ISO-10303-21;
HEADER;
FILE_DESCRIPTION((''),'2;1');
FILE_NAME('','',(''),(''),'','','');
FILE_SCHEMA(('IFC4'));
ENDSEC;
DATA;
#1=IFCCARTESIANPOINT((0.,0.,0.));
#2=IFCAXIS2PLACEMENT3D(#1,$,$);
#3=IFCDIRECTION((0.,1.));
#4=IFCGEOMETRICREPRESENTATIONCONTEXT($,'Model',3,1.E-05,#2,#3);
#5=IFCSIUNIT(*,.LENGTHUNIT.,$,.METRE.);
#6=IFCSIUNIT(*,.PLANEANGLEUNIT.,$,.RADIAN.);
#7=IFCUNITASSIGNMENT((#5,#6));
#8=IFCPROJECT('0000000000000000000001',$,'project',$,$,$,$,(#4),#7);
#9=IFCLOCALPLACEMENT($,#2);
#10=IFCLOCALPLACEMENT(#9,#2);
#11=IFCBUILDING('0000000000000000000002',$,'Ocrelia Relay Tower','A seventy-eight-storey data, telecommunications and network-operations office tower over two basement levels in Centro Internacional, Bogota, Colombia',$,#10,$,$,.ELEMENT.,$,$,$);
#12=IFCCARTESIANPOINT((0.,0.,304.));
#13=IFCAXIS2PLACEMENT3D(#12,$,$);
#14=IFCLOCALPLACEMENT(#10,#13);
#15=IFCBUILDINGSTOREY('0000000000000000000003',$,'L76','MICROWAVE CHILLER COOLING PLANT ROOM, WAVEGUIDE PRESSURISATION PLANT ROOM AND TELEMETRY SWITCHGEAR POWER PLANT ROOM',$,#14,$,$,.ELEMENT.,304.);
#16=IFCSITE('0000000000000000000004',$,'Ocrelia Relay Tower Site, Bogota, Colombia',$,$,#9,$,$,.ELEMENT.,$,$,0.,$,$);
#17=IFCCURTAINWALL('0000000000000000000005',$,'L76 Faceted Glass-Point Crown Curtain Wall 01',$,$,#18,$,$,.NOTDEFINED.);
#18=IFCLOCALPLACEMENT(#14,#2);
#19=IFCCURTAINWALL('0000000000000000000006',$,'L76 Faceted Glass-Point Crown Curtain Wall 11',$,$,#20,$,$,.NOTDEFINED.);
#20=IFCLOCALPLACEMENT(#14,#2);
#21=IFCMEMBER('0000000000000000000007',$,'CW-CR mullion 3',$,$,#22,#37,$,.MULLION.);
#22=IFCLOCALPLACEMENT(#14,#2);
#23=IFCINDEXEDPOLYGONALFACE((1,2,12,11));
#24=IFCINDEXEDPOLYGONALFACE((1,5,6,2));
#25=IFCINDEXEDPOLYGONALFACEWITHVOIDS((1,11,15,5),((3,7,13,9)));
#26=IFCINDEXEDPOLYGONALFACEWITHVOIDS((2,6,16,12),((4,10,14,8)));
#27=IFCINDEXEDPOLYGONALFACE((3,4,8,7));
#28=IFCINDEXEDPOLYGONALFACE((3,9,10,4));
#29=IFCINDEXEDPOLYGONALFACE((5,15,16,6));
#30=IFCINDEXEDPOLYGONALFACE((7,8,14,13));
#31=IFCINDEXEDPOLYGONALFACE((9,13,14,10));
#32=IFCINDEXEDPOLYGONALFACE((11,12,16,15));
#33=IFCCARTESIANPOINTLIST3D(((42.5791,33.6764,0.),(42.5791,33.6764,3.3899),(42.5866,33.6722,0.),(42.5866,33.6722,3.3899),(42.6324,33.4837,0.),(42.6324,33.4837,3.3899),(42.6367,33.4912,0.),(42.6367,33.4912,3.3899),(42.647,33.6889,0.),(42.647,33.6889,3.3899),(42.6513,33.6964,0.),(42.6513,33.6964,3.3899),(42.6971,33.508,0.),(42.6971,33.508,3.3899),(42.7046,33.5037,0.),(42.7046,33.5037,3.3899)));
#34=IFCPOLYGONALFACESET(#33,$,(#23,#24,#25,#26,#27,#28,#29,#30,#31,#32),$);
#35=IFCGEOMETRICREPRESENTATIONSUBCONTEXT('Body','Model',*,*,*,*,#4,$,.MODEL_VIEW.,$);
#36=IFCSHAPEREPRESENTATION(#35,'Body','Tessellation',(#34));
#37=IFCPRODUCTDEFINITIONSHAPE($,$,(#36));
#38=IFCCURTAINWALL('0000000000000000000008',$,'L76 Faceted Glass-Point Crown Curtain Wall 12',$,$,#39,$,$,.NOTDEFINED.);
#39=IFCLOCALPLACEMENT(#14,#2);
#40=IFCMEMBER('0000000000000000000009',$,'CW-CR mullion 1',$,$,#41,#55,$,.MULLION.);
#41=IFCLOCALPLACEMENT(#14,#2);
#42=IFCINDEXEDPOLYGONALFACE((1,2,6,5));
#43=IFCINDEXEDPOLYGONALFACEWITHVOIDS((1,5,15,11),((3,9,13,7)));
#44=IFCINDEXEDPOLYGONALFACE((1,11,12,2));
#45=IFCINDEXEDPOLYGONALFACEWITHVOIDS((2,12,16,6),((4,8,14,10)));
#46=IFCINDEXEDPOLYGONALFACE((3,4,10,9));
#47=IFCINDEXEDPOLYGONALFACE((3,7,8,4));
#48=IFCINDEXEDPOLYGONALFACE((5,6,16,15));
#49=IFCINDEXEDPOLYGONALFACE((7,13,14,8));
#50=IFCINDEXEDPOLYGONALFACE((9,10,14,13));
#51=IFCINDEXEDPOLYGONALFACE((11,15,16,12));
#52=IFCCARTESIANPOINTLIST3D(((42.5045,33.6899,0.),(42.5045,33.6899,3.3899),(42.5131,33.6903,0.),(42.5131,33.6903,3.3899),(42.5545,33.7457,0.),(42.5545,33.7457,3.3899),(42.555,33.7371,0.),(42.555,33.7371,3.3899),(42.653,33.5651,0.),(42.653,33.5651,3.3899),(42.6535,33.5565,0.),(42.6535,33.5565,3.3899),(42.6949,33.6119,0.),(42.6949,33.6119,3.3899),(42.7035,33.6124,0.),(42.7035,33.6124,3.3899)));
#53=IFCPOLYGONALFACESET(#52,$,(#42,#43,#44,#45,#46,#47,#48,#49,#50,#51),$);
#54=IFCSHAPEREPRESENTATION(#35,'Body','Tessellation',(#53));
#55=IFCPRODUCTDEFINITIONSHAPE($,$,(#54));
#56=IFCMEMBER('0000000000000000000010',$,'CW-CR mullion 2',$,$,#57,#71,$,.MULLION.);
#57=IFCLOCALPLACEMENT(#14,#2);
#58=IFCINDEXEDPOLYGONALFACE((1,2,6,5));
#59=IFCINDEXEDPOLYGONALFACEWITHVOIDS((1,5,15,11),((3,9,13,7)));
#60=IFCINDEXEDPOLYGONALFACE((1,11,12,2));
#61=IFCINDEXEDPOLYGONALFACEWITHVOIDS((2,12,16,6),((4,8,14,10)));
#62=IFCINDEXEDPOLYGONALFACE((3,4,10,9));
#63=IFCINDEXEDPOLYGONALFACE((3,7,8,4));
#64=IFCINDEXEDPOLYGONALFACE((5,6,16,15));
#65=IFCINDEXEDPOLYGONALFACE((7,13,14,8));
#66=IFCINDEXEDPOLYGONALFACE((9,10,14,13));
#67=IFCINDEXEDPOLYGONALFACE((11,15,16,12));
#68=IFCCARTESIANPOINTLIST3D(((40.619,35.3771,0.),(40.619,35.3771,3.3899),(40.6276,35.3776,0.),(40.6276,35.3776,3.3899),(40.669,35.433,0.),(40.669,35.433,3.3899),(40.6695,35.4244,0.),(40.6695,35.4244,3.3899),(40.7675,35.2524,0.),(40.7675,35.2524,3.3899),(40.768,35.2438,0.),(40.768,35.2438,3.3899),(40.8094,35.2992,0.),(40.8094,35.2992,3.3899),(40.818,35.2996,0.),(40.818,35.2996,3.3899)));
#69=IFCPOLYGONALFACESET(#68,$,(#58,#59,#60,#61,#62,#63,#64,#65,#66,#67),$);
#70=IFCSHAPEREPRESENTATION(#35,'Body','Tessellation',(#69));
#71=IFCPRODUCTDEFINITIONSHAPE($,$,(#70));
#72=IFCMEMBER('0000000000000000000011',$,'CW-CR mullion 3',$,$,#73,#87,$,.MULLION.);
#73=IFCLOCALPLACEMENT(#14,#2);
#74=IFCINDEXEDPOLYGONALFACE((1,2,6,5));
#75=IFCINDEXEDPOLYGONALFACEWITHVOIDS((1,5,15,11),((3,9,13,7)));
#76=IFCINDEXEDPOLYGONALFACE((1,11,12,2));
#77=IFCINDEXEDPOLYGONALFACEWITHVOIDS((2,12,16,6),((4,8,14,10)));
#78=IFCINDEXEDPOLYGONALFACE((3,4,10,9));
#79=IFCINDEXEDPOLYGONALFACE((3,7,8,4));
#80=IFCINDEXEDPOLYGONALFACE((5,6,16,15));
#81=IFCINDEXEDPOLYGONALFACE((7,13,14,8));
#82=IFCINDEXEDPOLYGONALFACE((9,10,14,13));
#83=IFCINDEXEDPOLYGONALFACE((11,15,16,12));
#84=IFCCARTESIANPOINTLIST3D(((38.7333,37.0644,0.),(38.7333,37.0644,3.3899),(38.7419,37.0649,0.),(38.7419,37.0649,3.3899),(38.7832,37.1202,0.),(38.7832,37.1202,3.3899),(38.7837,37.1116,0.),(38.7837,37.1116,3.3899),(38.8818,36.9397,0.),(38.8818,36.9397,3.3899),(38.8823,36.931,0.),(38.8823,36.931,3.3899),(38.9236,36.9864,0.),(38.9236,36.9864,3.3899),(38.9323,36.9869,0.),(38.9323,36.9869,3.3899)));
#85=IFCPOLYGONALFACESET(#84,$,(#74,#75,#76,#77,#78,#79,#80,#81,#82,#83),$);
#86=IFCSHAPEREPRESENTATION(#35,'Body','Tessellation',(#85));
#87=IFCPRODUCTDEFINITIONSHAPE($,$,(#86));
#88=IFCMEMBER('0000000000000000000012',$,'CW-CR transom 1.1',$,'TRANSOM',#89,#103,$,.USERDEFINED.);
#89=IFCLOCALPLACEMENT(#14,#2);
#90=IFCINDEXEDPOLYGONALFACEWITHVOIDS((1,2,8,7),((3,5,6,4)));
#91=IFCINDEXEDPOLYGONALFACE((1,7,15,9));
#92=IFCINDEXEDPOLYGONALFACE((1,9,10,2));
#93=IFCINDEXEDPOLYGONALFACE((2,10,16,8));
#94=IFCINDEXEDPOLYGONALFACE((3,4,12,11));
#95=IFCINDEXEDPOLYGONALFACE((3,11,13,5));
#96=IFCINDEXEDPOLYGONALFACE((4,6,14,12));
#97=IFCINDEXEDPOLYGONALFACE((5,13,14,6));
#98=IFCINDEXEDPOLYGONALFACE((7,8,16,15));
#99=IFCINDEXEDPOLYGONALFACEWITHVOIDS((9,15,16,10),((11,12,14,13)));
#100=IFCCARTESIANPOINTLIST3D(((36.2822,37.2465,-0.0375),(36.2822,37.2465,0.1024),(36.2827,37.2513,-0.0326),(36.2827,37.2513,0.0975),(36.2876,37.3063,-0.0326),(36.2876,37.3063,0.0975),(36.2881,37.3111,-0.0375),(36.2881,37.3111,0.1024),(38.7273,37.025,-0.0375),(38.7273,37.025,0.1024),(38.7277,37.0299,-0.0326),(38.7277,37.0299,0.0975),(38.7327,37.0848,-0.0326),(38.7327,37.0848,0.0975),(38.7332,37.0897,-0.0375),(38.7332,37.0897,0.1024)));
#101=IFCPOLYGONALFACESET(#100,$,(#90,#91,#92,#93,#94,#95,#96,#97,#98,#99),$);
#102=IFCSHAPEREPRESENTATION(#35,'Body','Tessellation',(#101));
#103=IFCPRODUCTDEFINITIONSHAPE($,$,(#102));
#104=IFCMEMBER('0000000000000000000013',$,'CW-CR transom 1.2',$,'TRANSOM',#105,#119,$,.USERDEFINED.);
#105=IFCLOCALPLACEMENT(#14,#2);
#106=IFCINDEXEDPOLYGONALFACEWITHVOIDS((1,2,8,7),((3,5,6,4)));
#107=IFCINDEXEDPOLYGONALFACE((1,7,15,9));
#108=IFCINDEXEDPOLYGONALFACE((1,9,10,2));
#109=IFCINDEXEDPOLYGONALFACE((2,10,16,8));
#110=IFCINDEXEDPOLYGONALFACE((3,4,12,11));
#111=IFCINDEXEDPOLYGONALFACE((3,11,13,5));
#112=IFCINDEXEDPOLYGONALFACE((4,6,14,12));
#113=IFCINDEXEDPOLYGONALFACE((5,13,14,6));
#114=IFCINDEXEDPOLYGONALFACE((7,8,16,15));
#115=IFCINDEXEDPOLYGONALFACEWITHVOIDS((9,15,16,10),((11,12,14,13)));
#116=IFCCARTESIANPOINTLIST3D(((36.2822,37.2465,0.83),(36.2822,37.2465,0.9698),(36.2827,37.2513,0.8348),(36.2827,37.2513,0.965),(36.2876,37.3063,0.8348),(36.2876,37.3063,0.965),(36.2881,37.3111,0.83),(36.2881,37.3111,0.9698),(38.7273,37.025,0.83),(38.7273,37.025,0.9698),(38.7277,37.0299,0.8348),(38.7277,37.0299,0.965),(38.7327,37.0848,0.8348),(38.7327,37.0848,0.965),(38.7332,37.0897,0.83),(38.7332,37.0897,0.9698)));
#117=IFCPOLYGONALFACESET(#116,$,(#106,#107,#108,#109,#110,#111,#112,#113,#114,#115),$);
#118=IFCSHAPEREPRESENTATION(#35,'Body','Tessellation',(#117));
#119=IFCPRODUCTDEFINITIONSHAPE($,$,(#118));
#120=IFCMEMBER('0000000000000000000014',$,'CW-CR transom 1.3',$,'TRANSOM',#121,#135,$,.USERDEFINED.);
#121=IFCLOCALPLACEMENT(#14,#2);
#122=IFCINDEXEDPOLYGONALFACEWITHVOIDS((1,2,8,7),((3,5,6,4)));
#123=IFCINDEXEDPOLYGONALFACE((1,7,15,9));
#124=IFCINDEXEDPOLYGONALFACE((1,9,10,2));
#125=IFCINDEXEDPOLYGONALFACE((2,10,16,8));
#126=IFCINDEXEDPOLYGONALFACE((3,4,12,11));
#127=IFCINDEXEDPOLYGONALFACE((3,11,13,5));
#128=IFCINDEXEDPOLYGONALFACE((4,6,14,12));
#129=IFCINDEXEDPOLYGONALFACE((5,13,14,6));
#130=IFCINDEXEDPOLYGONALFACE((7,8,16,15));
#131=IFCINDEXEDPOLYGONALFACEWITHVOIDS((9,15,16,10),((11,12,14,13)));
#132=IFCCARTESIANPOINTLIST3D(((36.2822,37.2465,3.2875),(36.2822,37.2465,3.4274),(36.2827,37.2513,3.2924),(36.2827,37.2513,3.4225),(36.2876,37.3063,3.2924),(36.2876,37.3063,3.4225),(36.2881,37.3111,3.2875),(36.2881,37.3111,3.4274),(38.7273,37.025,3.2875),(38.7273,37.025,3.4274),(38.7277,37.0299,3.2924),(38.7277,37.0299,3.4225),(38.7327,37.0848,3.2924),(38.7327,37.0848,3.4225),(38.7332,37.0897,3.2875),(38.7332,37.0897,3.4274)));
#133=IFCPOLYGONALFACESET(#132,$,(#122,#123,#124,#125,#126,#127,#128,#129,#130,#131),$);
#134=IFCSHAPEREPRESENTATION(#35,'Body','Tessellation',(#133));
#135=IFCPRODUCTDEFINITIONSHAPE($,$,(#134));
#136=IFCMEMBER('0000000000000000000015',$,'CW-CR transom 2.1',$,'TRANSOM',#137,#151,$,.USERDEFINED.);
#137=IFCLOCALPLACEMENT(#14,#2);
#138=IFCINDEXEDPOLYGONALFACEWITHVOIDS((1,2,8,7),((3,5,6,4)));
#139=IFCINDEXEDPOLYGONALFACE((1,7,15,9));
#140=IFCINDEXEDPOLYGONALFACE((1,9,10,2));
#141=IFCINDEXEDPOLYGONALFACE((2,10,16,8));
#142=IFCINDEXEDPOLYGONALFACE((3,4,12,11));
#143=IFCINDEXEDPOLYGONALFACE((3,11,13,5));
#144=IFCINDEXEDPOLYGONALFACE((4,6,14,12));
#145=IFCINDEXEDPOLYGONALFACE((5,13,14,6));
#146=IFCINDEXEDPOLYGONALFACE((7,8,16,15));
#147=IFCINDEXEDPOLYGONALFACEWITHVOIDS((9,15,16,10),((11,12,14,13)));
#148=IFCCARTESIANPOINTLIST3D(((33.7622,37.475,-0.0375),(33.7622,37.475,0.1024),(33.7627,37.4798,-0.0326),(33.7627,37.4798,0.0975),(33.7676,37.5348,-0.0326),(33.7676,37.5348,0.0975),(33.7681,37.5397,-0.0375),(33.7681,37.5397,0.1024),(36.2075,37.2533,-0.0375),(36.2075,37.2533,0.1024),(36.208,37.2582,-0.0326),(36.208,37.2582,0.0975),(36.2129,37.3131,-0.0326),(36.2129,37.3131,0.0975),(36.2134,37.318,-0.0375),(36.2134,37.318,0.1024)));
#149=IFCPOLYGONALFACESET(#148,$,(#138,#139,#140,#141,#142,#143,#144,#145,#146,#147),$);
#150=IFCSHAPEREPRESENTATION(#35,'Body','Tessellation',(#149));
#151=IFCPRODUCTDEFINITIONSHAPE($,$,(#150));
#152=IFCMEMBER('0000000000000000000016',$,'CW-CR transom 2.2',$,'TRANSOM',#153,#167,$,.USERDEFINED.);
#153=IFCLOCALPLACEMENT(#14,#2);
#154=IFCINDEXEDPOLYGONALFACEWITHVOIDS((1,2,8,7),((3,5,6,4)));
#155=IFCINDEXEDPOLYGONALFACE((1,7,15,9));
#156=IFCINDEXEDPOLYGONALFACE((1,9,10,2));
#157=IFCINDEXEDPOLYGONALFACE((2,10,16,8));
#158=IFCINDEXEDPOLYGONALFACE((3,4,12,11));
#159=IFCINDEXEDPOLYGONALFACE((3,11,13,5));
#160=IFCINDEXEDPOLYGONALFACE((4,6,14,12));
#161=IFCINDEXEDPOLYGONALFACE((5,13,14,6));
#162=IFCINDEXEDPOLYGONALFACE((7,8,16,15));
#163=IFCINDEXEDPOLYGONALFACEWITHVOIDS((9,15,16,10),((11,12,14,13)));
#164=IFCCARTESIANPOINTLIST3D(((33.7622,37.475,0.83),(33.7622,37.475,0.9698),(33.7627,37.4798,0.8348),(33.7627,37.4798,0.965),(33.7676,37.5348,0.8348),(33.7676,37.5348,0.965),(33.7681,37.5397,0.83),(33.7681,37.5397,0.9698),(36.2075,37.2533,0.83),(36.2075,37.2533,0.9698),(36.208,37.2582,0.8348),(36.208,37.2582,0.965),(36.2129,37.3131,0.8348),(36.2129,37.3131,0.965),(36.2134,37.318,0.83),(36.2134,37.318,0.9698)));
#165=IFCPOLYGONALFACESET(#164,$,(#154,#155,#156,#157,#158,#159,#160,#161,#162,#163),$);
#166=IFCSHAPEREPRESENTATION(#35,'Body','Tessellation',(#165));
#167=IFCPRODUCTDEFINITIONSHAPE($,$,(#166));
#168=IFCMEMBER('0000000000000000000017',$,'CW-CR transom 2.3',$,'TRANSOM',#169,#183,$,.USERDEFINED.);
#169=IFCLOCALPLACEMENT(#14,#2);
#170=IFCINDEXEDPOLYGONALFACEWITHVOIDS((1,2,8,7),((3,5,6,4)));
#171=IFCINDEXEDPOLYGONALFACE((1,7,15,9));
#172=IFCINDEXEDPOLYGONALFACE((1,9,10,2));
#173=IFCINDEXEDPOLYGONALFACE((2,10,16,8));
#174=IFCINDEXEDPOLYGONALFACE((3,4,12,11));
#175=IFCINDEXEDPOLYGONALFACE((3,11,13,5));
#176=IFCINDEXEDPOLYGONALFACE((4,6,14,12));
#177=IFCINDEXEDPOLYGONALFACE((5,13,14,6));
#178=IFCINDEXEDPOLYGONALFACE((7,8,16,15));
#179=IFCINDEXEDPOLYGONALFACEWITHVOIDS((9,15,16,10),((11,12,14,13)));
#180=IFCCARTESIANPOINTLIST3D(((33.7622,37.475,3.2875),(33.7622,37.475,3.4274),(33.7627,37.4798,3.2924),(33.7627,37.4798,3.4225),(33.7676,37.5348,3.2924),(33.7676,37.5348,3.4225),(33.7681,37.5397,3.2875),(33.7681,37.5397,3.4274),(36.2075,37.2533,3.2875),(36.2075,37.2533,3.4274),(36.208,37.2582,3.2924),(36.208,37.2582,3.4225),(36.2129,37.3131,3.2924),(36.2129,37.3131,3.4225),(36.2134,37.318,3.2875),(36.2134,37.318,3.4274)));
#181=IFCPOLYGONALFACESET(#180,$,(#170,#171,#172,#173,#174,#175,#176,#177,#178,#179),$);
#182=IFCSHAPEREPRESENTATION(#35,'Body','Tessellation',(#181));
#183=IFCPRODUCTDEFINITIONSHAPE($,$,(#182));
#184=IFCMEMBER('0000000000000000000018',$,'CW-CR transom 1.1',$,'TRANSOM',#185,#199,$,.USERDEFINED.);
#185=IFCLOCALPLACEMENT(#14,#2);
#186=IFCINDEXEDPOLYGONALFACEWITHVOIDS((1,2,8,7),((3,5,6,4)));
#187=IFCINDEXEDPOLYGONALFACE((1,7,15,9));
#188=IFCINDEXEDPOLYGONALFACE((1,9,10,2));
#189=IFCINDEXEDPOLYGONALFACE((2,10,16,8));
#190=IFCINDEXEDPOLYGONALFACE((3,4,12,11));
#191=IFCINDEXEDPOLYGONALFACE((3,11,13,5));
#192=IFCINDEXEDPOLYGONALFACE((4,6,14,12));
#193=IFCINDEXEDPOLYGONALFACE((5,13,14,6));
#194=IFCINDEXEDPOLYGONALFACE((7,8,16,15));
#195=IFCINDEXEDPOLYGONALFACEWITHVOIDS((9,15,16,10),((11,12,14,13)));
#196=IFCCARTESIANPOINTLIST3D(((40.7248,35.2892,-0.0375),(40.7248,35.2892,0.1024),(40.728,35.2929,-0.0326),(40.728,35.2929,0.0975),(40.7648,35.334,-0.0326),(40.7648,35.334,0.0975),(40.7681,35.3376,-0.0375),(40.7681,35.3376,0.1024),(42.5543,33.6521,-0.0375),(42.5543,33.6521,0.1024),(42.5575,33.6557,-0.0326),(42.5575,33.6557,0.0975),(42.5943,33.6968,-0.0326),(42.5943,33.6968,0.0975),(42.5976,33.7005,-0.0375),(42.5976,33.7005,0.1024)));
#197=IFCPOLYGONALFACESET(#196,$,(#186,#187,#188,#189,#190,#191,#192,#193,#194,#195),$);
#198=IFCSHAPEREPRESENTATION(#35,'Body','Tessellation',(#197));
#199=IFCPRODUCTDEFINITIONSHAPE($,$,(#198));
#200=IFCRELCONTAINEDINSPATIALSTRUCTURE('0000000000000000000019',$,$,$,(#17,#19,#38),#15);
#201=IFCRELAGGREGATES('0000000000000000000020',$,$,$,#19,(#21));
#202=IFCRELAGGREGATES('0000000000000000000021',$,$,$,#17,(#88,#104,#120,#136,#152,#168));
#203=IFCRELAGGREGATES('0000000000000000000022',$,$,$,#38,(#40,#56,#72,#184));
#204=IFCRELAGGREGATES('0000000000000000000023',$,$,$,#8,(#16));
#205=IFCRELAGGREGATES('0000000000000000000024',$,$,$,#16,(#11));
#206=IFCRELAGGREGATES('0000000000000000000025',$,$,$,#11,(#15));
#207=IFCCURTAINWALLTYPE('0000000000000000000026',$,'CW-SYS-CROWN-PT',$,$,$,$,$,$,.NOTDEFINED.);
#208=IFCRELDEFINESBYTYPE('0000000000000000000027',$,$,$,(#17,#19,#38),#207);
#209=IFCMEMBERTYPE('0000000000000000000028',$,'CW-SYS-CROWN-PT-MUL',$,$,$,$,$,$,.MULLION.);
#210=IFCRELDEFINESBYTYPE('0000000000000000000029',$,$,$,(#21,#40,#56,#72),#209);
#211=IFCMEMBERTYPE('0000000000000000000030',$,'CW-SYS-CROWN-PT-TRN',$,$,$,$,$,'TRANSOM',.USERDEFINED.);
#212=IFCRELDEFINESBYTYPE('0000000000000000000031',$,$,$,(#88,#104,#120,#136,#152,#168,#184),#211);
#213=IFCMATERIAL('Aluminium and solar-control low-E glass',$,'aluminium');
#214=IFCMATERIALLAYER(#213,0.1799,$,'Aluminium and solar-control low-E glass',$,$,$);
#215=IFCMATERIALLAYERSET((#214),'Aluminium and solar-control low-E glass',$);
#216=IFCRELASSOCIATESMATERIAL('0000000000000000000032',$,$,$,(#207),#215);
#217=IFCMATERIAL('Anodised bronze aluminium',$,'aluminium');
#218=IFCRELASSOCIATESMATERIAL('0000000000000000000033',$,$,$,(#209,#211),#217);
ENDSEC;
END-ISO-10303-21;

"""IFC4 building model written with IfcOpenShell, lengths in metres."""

from ifc_helpers import new_model, si_unit, direction, frame, origin, origin_2d, place, context, subcontext, project, spatial, hollow_rectangle, extrude, material, layer, layer_set, material_profile, profile_set, type_object, element, aggregate, save


model = new_model("IFC4")

# Units and contexts
model_context = context("Model", 3, precision=1e-05, world=origin(), true_north=direction((0.0, 1.0)))
body_context = subcontext(model_context, "Body", "Model", "MODEL_VIEW")
ifc_project = project(units=[si_unit("LENGTHUNIT", "METRE"), si_unit("PLANEANGLEUNIT", "RADIAN")], contexts=[model_context])

# Site, building, storey
site_placement = place(None, origin())
site = spatial("IfcSite", under=ifc_project, at=site_placement, Name="Ocrelia Relay Tower Site, Bogota, Colombia", CompositionType="ELEMENT", RefElevation=0.0)
building_placement = place(site_placement, origin())
building = spatial("IfcBuilding", under=site, at=building_placement, Name="Ocrelia Relay Tower", Description="A seventy-eight-storey data, telecommunications and network-operations office tower over two basement levels in Centro Internacional, Bogota, Colombia", CompositionType="ELEMENT")
storey_placement = place(building_placement, frame((0.0, 0.0, 304.0)))
storey = spatial("IfcBuildingStorey", under=building, at=storey_placement, Name="L76", Description="MICROWAVE CHILLER COOLING PLANT ROOM, WAVEGUIDE PRESSURISATION PLANT ROOM AND TELEMETRY SWITCHGEAR POWER PLANT ROOM", CompositionType="ELEMENT", Elevation=304.0)

# Curtain wall
ifc_material_1 = material(Name="Aluminium and solar-control low-E glass", Category="aluminium")
ifc_layer_1 = layer(ifc_material_1, 0.1799, Name="Aluminium and solar-control low-E glass")
ifc_layer_set_1 = layer_set([ifc_layer_1], Name="Aluminium and solar-control low-E glass")
curtain_wall_type = type_object("IfcCurtainWallType", Name="CW-SYS-CROWN-PT", PredefinedType="NOTDEFINED", material=ifc_layer_set_1)
curtain_wall_1_placement = place(storey_placement, origin())
curtain_wall_1 = element("IfcCurtainWall", 1, at=curtain_wall_1_placement, inside=storey, type_object=curtain_wall_type, Name="L76 Faceted Glass-Point Crown Curtain Wall 01", PredefinedType="NOTDEFINED")
ifc_material_2 = material(Name="Anodised bronze aluminium", Category="aluminium")
ifc_material_profile_1 = material_profile(ifc_material_2, hollow_rectangle(XDim=0.075, YDim=0.2, WallThickness=0.0061, at=origin_2d()), Name="CW-MUL-200x75")
ifc_profile_set_1 = profile_set([ifc_material_profile_1], Name="Anodised bronze aluminium")
member_type_1 = type_object("IfcMemberType", Name="CW-SYS-CROWN-PT-MUL", PredefinedType="MULLION", material=ifc_profile_set_1)

# Curtain wall, member
curtain_wall_2_placement = place(storey_placement, origin())
curtain_wall_2 = element("IfcCurtainWall", 2, at=curtain_wall_2_placement, inside=storey, type_object=curtain_wall_type, Name="L76 Faceted Glass-Point Crown Curtain Wall 11", PredefinedType="NOTDEFINED")
member_1_placement = place(storey_placement, frame((42.6418, 33.5901, 0.0), z_axis=(0.0, 0.0, 1.0), x_axis=(-0.963737, -0.266853, 0.0)))
member_1 = element("IfcMember", 3, at=member_1_placement, type_object=member_type_1, Name="CW-CR mullion 3", PredefinedType="MULLION", context=body_context, shape_type="SweptSolid", body=[
    extrude(hollow_rectangle(XDim=0.075, YDim=0.2, WallThickness=0.0061, at=origin_2d()), origin(), (0.0, 0.0, 1.0), 3.3899),
])
aggregate(curtain_wall_2, [member_1])

# Curtain wall, members
curtain_wall_3_placement = place(storey_placement, origin())
curtain_wall_3 = element("IfcCurtainWall", 4, at=curtain_wall_3_placement, inside=storey, type_object=curtain_wall_type, Name="L76 Faceted Glass-Point Crown Curtain Wall 12", PredefinedType="NOTDEFINED")
member_2_placement = place(storey_placement, frame((42.604, 33.6511, 0.0), z_axis=(0.0, 0.0, 1.0), x_axis=(-0.666821, -0.745218, 0.0)))
member_2 = element("IfcMember", 5, at=member_2_placement, type_object=member_type_1, Name="CW-CR mullion 1", PredefinedType="MULLION", context=body_context, shape_type="SweptSolid", body=[
    extrude(hollow_rectangle(XDim=0.075, YDim=0.2, WallThickness=0.0061, at=origin_2d()), origin(), (0.0, 0.0, 1.0), 3.3899),
])
member_3_placement = place(storey_placement, frame((40.7185, 35.3384, 0.0), z_axis=(0.0, 0.0, 1.0), x_axis=(-0.666821, -0.745218, 0.0)))
member_3 = element("IfcMember", 6, at=member_3_placement, type_object=member_type_1, Name="CW-CR mullion 2", PredefinedType="MULLION", context=body_context, shape_type="SweptSolid", body=[
    extrude(hollow_rectangle(XDim=0.075, YDim=0.2, WallThickness=0.0061, at=origin_2d()), origin(), (0.0, 0.0, 1.0), 3.3899),
])
member_4_placement = place(storey_placement, frame((38.8328, 37.0256, 0.0), z_axis=(0.0, 0.0, 1.0), x_axis=(-0.666821, -0.745218, 0.0)))
member_4 = element("IfcMember", 7, at=member_4_placement, type_object=member_type_1, Name="CW-CR mullion 3", PredefinedType="MULLION", context=body_context, shape_type="SweptSolid", body=[
    extrude(hollow_rectangle(XDim=0.075, YDim=0.2, WallThickness=0.0061, at=origin_2d()), origin(), (0.0, 0.0, 1.0), 3.3899),
])

# Members
ifc_material_profile_2 = material_profile(ifc_material_2, hollow_rectangle(XDim=0.0649, YDim=0.1399, WallThickness=0.0049, at=origin_2d()), Name="CW-TRN-140x65")
ifc_profile_set_2 = profile_set([ifc_material_profile_2], Name="Anodised bronze aluminium")
member_type_2 = type_object("IfcMemberType", Name="CW-SYS-CROWN-PT-TRN", ElementType="TRANSOM", PredefinedType="USERDEFINED", material=ifc_profile_set_2)
member_5_placement = place(storey_placement, frame((38.7302, 37.0574, 0.0325), z_axis=(-0.995924, 0.090195, 0.0), x_axis=(-0.090195, -0.995924, 0.0)))
member_5 = element("IfcMember", 8, at=member_5_placement, type_object=member_type_2, Name="CW-CR transom 1.1", ObjectType="TRANSOM", PredefinedType="USERDEFINED", context=body_context, shape_type="SweptSolid", body=[
    extrude(hollow_rectangle(XDim=0.0649, YDim=0.1399, WallThickness=0.0049, at=origin_2d()), origin(), (0.0, 0.0, 1.0), 2.4551),
])
member_6_placement = place(storey_placement, frame((38.7302, 37.0574, 0.8999), z_axis=(-0.995924, 0.090195, 0.0), x_axis=(-0.090195, -0.995924, 0.0)))
member_6 = element("IfcMember", 9, at=member_6_placement, type_object=member_type_2, Name="CW-CR transom 1.2", ObjectType="TRANSOM", PredefinedType="USERDEFINED", context=body_context, shape_type="SweptSolid", body=[
    extrude(hollow_rectangle(XDim=0.0649, YDim=0.1399, WallThickness=0.0049, at=origin_2d()), origin(), (0.0, 0.0, 1.0), 2.4551),
])
member_7_placement = place(storey_placement, frame((38.7302, 37.0574, 3.3574), z_axis=(-0.995924, 0.090195, 0.0), x_axis=(-0.090195, -0.995924, 0.0)))
member_7 = element("IfcMember", 10, at=member_7_placement, type_object=member_type_2, Name="CW-CR transom 1.3", ObjectType="TRANSOM", PredefinedType="USERDEFINED", context=body_context, shape_type="SweptSolid", body=[
    extrude(hollow_rectangle(XDim=0.0649, YDim=0.1399, WallThickness=0.0049, at=origin_2d()), origin(), (0.0, 0.0, 1.0), 2.4551),
])
member_8_placement = place(storey_placement, frame((36.2104, 37.2856, 0.0325), z_axis=(-0.995916, 0.090285, 0.0), x_axis=(-0.090285, -0.995916, 0.0)))
member_8 = element("IfcMember", 11, at=member_8_placement, type_object=member_type_2, Name="CW-CR transom 2.1", ObjectType="TRANSOM", PredefinedType="USERDEFINED", context=body_context, shape_type="SweptSolid", body=[
    extrude(hollow_rectangle(XDim=0.0649, YDim=0.1399, WallThickness=0.0049, at=origin_2d()), origin(), (0.0, 0.0, 1.0), 2.4553),
])
member_9_placement = place(storey_placement, frame((36.2104, 37.2856, 0.8999), z_axis=(-0.995916, 0.090285, 0.0), x_axis=(-0.090285, -0.995916, 0.0)))
member_9 = element("IfcMember", 12, at=member_9_placement, type_object=member_type_2, Name="CW-CR transom 2.2", ObjectType="TRANSOM", PredefinedType="USERDEFINED", context=body_context, shape_type="SweptSolid", body=[
    extrude(hollow_rectangle(XDim=0.0649, YDim=0.1399, WallThickness=0.0049, at=origin_2d()), origin(), (0.0, 0.0, 1.0), 2.4553),
])
member_10_placement = place(storey_placement, frame((36.2104, 37.2856, 3.3574), z_axis=(-0.995916, 0.090285, 0.0), x_axis=(-0.090285, -0.995916, 0.0)))
member_10 = element("IfcMember", 13, at=member_10_placement, type_object=member_type_2, Name="CW-CR transom 2.3", ObjectType="TRANSOM", PredefinedType="USERDEFINED", context=body_context, shape_type="SweptSolid", body=[
    extrude(hollow_rectangle(XDim=0.0649, YDim=0.1399, WallThickness=0.0049, at=origin_2d()), origin(), (0.0, 0.0, 1.0), 2.4553),
])
member_11_placement = place(storey_placement, frame((42.5759, 33.6763, 0.0325), z_axis=(-0.7452, 0.666841, 0.0), x_axis=(-0.666841, -0.7452, 0.0)))
member_11 = element("IfcMember", 14, at=member_11_placement, type_object=member_type_2, Name="CW-CR transom 1.1", ObjectType="TRANSOM", PredefinedType="USERDEFINED", context=body_context, shape_type="SweptSolid", body=[
    extrude(hollow_rectangle(XDim=0.0649, YDim=0.1399, WallThickness=0.0049, at=origin_2d()), origin(), (0.0, 0.0, 1.0), 2.4551),
])

aggregate(curtain_wall_1, [member_5, member_6, member_7, member_8, member_9, member_10])
aggregate(curtain_wall_3, [member_2, member_3, member_4, member_11])

save(model, "model.ifc")
